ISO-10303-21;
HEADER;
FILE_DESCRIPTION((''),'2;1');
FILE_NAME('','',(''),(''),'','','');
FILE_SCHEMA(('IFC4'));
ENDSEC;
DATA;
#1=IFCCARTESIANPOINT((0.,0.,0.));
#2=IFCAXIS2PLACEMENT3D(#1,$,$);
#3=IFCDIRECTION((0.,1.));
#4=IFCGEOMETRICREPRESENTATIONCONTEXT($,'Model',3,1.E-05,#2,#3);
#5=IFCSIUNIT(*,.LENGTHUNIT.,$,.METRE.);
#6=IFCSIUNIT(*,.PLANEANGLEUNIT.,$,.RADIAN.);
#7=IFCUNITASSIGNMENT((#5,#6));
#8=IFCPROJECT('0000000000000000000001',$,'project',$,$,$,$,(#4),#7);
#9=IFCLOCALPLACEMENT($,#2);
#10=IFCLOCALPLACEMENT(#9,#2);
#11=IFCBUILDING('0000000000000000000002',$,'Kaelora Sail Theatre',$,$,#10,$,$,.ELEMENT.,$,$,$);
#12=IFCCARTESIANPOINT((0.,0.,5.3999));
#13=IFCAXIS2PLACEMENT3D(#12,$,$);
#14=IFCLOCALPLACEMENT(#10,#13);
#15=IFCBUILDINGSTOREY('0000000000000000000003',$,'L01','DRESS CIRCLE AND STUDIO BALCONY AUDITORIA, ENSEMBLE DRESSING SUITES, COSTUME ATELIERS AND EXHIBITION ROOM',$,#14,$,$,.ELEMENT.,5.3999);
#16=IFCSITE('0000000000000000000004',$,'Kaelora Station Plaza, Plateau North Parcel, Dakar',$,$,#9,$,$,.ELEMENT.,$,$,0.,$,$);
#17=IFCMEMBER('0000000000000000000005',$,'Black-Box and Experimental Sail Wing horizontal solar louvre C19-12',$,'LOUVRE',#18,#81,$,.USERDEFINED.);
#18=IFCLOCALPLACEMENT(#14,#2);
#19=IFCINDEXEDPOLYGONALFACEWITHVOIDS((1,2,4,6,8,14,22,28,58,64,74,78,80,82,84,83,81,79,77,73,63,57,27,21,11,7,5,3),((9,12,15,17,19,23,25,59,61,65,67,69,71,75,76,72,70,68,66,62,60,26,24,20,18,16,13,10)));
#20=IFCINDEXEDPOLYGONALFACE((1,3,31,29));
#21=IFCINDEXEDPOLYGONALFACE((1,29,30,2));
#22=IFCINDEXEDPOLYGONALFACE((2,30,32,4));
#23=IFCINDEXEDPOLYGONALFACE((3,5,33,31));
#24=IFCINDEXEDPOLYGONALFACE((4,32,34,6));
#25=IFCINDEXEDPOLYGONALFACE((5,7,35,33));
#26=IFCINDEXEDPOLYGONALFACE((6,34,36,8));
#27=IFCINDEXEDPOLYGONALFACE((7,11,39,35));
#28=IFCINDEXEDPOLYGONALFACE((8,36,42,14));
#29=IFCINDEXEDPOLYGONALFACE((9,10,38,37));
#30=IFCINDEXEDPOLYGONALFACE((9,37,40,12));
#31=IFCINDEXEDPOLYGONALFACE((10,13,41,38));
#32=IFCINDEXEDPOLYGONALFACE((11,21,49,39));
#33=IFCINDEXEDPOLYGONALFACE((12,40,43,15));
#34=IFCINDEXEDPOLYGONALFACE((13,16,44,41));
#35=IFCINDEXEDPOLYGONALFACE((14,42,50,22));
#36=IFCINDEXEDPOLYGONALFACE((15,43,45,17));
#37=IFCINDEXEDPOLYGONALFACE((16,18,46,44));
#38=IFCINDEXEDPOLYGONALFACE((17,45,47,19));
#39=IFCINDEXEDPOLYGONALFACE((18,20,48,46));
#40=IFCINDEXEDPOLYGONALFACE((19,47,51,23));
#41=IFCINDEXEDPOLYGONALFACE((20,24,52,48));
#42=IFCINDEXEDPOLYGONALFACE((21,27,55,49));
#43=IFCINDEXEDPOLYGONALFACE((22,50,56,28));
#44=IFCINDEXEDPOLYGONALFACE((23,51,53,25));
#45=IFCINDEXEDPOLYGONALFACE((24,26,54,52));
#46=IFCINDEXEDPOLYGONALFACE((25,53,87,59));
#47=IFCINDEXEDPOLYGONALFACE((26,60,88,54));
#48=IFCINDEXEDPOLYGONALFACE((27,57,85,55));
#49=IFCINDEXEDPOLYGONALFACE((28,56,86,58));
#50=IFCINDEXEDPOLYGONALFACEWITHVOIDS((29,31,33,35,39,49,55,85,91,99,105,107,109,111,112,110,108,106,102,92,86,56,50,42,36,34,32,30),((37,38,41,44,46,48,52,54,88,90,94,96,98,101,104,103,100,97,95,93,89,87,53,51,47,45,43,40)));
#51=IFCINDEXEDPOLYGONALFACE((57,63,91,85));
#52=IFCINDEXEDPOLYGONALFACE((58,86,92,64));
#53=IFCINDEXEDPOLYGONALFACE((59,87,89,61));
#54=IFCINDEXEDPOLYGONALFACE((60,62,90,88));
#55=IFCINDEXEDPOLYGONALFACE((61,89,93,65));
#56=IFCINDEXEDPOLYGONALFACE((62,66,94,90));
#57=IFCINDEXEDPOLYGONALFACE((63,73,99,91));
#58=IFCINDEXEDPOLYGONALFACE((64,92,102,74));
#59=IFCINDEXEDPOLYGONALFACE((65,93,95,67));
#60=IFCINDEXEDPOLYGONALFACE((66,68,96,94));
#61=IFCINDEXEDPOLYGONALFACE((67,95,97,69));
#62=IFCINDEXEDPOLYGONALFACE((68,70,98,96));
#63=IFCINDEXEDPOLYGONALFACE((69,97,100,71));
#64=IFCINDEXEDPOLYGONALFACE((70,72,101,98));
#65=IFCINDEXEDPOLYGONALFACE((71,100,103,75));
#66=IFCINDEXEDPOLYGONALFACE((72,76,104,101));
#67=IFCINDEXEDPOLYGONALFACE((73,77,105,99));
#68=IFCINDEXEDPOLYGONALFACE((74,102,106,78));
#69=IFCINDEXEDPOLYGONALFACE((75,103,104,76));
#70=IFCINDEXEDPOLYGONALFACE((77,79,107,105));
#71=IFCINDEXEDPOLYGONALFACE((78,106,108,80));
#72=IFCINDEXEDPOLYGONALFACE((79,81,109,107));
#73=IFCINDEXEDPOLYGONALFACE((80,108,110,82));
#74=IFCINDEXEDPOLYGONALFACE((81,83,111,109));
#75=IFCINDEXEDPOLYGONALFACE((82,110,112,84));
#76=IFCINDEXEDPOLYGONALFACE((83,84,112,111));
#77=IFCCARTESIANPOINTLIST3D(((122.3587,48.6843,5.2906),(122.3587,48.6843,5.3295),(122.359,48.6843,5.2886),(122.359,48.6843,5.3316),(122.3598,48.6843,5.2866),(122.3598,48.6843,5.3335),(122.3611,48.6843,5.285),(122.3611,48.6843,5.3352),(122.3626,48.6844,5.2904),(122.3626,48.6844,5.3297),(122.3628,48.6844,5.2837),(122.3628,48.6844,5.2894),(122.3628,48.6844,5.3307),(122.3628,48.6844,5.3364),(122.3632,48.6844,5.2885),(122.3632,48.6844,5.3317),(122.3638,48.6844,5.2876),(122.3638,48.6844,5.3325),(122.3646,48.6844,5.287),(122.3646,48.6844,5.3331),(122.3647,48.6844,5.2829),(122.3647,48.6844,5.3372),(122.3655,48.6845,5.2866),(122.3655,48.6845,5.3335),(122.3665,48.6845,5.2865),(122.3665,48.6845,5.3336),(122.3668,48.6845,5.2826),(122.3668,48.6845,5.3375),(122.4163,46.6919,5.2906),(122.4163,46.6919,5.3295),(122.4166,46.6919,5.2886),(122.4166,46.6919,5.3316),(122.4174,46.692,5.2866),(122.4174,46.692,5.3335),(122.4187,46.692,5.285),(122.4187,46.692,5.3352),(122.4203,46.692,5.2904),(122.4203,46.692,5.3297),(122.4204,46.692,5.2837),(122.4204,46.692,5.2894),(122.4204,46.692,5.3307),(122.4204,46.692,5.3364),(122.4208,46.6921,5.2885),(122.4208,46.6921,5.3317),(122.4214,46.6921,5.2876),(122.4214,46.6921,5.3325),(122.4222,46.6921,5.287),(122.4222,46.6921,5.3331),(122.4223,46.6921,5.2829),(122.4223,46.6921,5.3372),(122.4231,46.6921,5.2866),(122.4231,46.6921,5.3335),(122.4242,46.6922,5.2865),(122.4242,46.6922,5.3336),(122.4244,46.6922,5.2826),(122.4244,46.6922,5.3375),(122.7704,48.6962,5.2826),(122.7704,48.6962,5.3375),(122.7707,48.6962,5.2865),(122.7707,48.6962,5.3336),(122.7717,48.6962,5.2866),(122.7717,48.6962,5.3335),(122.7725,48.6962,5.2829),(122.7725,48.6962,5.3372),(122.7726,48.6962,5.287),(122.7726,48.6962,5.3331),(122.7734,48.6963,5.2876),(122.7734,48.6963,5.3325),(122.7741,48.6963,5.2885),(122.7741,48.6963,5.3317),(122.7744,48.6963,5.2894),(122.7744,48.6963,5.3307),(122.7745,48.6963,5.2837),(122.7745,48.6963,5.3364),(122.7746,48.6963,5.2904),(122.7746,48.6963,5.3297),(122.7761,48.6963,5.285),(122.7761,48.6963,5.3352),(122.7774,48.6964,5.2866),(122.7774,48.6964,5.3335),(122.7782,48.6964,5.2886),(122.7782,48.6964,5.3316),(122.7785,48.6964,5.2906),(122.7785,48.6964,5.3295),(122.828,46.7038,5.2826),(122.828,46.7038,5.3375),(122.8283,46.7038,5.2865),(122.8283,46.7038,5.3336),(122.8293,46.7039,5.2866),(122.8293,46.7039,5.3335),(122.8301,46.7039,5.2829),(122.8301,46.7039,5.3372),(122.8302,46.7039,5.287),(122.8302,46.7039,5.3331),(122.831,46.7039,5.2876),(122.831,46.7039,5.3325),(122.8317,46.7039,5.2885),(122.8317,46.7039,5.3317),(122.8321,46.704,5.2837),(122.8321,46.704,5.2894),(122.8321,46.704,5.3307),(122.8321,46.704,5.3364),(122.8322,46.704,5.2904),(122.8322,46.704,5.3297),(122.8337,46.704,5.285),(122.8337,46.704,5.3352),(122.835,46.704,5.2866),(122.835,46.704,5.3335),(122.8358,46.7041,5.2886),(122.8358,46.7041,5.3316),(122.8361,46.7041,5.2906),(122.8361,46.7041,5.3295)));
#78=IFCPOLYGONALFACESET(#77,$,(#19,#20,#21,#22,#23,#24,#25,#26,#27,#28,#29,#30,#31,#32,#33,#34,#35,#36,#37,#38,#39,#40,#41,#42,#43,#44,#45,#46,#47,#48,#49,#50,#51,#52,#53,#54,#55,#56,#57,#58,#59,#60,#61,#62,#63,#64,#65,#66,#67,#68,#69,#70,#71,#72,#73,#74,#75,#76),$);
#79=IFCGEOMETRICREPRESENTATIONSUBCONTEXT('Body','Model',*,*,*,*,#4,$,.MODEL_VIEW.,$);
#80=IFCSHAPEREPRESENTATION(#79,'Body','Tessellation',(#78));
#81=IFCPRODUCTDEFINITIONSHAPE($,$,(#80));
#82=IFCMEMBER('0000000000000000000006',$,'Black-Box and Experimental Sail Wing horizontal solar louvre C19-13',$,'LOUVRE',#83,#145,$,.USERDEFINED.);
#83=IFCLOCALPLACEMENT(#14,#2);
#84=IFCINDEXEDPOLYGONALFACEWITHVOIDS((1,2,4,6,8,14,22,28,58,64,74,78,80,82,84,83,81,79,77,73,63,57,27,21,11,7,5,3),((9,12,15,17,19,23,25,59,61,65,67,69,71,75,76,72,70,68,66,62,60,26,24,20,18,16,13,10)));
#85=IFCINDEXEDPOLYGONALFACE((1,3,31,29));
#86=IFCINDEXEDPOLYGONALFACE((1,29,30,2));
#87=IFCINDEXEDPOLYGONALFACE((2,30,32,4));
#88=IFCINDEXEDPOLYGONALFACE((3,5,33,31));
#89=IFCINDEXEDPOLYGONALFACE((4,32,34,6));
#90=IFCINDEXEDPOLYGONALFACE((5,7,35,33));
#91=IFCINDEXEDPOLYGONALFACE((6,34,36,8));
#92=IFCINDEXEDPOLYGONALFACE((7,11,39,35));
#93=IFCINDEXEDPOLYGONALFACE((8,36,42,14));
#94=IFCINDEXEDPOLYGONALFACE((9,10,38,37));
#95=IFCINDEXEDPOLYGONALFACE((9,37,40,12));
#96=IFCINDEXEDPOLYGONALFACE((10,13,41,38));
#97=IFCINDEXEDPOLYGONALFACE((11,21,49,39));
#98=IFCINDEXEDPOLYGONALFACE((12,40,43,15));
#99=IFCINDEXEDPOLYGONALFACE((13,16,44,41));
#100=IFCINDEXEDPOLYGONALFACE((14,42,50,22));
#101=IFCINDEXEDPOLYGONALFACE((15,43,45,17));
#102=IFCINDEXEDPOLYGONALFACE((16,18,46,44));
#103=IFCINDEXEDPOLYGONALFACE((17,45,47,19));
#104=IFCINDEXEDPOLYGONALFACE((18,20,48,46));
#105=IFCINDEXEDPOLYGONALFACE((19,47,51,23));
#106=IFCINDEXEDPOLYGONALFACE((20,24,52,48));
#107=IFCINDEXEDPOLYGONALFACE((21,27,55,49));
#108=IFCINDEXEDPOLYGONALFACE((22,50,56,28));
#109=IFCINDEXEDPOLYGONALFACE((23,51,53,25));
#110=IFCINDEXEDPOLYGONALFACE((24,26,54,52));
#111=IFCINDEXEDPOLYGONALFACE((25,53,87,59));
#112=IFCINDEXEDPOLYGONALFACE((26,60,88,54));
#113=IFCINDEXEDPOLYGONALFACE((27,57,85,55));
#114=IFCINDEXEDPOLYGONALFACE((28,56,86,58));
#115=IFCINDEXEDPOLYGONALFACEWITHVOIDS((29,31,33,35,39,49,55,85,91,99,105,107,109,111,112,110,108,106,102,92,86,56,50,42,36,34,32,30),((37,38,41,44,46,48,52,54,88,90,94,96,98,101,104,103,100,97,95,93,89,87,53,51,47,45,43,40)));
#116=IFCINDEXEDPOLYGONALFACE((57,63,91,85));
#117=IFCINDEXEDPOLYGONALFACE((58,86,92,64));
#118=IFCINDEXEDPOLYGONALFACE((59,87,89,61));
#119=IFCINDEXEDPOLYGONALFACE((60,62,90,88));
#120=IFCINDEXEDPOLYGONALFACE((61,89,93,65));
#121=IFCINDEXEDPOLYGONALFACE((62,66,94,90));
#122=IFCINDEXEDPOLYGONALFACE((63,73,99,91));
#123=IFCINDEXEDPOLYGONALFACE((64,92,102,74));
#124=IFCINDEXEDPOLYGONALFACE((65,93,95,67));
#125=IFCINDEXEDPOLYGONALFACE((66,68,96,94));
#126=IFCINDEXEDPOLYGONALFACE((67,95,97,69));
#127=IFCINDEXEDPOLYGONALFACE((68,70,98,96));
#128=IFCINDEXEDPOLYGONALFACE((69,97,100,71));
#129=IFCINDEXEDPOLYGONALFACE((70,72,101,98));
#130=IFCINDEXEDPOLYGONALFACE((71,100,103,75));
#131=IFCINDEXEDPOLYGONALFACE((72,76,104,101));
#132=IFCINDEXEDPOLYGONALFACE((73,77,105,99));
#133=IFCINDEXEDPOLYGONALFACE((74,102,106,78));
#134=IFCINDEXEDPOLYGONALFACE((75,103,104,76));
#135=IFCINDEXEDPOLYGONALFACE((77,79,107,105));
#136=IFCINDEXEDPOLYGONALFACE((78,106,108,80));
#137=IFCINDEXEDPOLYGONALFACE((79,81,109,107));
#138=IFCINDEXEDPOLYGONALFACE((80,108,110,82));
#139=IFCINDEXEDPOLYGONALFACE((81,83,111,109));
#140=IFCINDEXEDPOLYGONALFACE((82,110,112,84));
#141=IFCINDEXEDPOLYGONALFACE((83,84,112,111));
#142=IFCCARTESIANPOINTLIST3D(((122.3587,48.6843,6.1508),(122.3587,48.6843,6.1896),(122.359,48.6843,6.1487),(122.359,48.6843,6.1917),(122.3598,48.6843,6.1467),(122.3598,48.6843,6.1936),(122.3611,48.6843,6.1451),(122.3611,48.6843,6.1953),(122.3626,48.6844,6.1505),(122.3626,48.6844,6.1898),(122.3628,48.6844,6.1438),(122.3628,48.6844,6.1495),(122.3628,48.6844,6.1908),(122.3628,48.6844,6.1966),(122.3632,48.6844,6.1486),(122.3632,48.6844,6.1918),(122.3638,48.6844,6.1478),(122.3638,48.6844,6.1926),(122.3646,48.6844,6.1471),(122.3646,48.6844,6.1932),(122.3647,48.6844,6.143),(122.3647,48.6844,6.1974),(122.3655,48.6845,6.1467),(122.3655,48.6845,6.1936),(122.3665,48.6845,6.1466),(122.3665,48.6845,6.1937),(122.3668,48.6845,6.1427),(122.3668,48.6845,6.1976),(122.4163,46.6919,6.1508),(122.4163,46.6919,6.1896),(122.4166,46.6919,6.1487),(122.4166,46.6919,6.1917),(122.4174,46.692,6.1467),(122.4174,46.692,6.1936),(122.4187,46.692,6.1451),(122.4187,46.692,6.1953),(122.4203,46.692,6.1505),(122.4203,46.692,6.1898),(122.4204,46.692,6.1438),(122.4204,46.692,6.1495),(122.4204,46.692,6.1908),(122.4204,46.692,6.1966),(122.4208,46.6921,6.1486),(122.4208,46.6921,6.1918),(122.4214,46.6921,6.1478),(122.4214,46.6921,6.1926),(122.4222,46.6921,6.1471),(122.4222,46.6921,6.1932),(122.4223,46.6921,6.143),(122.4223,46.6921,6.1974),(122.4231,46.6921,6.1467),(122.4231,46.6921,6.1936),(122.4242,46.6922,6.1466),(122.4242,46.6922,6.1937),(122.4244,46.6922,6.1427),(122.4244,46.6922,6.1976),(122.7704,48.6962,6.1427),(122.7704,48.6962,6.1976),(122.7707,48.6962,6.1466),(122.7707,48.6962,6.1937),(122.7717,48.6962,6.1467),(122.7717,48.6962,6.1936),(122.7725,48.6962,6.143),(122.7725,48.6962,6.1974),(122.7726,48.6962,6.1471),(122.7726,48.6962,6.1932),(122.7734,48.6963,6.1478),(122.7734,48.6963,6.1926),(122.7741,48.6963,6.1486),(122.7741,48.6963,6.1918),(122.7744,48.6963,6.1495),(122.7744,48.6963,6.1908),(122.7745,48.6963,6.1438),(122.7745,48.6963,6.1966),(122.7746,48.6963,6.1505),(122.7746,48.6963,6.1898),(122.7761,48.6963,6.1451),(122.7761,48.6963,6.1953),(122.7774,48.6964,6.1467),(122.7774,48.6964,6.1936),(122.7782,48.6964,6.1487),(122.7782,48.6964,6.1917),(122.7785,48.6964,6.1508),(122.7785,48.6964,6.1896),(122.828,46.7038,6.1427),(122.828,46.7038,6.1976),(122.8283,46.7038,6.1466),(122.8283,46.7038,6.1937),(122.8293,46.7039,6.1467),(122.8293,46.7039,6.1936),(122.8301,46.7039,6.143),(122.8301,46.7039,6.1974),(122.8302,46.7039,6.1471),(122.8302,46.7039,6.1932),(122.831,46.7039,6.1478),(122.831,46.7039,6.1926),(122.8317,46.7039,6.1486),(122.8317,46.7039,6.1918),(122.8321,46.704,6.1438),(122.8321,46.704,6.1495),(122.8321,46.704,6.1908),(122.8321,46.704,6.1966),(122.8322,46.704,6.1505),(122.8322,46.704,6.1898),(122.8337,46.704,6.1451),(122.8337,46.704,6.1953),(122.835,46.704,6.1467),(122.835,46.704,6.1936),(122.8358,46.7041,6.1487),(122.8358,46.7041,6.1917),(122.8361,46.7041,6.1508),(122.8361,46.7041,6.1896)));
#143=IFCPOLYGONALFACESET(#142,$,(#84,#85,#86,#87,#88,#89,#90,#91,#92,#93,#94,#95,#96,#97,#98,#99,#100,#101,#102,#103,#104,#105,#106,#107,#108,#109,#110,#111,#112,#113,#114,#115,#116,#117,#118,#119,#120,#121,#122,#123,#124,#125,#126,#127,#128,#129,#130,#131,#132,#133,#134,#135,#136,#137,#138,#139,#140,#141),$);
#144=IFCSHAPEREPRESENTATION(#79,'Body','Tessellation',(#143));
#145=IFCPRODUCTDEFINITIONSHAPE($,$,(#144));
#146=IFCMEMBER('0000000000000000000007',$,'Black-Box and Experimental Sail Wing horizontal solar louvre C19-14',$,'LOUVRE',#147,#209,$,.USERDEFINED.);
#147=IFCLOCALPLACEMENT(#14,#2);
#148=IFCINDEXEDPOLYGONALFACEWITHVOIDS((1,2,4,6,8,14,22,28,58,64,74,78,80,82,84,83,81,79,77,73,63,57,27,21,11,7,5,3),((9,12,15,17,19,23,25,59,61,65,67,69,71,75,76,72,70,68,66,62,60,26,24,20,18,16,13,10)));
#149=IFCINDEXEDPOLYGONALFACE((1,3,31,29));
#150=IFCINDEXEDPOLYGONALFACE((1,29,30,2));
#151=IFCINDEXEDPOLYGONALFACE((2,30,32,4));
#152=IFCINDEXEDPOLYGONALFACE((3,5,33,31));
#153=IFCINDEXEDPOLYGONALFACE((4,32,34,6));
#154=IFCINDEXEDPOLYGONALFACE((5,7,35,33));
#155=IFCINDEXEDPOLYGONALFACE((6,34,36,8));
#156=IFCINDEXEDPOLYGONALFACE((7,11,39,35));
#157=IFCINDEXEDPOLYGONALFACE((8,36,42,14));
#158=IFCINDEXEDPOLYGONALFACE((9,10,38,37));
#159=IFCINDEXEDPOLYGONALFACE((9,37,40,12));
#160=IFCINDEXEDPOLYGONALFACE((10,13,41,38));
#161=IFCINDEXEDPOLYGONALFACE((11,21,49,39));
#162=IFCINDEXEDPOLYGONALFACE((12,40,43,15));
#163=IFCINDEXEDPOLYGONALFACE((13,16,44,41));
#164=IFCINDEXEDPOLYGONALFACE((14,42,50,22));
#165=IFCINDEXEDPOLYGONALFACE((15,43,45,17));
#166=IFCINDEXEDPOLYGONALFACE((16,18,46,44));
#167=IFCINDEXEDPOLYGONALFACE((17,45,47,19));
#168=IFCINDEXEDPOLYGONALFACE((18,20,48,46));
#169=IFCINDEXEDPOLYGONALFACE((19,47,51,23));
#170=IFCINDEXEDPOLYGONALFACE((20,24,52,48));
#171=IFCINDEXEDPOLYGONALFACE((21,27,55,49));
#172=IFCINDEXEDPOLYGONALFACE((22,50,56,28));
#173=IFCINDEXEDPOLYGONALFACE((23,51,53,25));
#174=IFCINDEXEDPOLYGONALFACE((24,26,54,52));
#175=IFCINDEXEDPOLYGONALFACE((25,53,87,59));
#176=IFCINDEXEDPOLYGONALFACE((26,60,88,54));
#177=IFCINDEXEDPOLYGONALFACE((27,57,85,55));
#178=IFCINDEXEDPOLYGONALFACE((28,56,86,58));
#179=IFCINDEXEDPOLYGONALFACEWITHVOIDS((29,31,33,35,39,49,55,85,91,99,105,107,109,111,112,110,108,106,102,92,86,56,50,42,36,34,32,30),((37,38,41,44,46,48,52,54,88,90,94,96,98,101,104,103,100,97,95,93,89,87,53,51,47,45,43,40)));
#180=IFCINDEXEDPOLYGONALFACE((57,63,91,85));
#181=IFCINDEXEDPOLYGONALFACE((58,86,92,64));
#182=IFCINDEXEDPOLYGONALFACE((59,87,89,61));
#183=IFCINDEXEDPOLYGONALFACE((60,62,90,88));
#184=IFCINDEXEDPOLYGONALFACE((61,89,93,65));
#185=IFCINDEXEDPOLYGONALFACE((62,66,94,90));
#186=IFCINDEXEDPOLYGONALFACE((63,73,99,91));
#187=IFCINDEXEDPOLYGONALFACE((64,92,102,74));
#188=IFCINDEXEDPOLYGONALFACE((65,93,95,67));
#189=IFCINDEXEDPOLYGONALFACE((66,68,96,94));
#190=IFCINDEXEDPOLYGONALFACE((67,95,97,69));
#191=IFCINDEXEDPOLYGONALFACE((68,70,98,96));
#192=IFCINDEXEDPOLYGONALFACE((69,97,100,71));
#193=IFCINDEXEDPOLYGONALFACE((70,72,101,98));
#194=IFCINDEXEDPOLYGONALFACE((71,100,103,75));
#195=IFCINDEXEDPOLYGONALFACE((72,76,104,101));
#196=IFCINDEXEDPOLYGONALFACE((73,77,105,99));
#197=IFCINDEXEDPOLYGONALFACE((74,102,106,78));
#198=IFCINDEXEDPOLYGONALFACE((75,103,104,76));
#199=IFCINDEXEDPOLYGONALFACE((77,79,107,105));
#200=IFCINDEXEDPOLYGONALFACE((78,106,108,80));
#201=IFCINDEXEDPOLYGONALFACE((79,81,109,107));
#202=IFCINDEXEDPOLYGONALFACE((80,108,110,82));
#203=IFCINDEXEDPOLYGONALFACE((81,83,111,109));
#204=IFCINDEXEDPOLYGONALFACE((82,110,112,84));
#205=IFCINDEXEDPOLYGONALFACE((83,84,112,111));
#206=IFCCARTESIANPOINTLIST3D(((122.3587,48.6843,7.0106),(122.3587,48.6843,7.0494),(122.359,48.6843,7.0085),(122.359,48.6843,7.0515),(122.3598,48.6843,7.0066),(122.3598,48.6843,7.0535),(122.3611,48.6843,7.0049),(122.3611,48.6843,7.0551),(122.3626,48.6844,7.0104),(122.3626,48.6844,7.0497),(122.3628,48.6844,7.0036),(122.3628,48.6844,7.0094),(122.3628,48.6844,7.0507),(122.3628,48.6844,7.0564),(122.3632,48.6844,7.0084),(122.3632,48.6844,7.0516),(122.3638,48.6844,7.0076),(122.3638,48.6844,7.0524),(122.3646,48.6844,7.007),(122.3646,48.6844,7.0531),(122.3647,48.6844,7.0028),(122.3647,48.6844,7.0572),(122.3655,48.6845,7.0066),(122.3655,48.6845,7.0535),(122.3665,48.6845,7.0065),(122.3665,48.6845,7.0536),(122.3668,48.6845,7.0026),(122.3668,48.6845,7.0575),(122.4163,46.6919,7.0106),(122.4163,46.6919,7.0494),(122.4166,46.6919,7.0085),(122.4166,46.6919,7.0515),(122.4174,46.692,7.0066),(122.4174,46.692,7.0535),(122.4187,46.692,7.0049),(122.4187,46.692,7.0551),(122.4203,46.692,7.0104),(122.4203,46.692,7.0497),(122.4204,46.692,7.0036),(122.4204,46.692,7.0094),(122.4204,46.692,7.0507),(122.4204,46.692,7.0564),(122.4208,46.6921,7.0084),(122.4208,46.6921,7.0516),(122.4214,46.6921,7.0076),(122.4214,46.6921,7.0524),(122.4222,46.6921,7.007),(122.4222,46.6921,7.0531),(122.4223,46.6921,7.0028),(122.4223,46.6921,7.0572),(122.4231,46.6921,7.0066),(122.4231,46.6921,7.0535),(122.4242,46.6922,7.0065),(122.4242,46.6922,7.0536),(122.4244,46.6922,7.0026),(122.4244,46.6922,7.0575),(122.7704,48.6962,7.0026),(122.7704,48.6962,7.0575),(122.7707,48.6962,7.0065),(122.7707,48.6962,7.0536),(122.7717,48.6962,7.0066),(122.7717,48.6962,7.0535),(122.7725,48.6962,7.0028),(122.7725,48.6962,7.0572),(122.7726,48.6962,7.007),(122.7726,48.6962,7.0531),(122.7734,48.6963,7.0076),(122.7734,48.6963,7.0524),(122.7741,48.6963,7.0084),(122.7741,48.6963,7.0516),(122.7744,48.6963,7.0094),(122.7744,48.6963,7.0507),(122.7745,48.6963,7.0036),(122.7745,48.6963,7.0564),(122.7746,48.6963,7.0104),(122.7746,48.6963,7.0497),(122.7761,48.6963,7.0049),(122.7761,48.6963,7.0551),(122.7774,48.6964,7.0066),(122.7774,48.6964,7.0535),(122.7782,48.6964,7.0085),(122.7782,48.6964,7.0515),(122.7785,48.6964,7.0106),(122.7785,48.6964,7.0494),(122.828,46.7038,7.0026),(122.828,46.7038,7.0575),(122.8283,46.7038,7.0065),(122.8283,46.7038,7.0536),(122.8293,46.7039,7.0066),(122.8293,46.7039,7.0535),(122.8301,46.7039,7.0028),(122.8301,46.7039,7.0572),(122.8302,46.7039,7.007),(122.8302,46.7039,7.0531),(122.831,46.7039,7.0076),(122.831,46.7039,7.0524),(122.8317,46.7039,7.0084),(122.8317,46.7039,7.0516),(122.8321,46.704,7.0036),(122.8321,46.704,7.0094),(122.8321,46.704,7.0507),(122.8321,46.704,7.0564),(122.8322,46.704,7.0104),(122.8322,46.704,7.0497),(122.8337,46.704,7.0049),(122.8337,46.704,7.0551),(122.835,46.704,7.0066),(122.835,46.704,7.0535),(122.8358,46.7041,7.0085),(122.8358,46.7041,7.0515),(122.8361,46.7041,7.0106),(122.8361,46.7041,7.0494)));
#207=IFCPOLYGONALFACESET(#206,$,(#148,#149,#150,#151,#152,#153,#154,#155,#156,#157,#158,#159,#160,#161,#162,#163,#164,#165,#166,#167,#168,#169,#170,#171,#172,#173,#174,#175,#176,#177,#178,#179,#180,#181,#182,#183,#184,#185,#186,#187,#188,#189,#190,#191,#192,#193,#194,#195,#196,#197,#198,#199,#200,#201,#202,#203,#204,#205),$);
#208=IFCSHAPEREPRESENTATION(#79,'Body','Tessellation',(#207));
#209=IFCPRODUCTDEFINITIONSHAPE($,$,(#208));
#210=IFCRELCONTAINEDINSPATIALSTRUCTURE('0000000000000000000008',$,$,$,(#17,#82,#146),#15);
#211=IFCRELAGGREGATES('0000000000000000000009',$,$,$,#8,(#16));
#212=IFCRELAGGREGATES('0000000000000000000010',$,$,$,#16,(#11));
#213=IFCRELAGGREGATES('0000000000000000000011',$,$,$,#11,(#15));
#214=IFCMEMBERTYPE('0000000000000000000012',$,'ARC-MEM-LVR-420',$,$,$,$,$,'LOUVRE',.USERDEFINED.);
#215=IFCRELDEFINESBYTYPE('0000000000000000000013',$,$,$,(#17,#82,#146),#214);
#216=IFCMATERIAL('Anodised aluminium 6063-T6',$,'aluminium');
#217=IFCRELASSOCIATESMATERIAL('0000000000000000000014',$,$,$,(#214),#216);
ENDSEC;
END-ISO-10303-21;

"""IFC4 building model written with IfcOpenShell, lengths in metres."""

from ifc_helpers import new_model, si_unit, direction, frame, origin, origin_2d, place, context, subcontext, project, spatial, hollow_rectangle, extrude, material, material_profile, profile_set, type_object, element, save


model = new_model("IFC4")

# Units and contexts
model_context = context("Model", 3, precision=1e-05, world=origin(), true_north=direction((0.0, 1.0)))
body_context = subcontext(model_context, "Body", "Model", "MODEL_VIEW")
ifc_project = project(units=[si_unit("LENGTHUNIT", "METRE"), si_unit("PLANEANGLEUNIT", "RADIAN")], contexts=[model_context])

# Site, building, storey
site_placement = place(None, origin())
site = spatial("IfcSite", under=ifc_project, at=site_placement, Name="Kaelora Station Plaza, Plateau North Parcel, Dakar", CompositionType="ELEMENT", RefElevation=0.0)
building_placement = place(site_placement, origin())
building = spatial("IfcBuilding", under=site, at=building_placement, Name="Kaelora Sail Theatre", CompositionType="ELEMENT")
storey_placement = place(building_placement, frame((0.0, 0.0, 5.3999)))
storey = spatial("IfcBuildingStorey", under=building, at=storey_placement, Name="L01", Description="DRESS CIRCLE AND STUDIO BALCONY AUDITORIA, ENSEMBLE DRESSING SUITES, COSTUME ATELIERS AND EXHIBITION ROOM", CompositionType="ELEMENT", Elevation=5.3999)

# Members
ifc_material_1 = material(Name="Anodised aluminium 6063-T6", Category="aluminium")
ifc_material_profile_1 = material_profile(ifc_material_1, hollow_rectangle(XDim=0.4199, YDim=0.0549, WallThickness=0.0039, InnerFilletRadius=0.0039, OuterFilletRadius=0.0081, at=origin_2d()), Name="LOUVRE 420x55x4")
ifc_profile_set_1 = profile_set([ifc_material_profile_1], Name="Anodised aluminium 6063-T6")
member_type_1 = type_object("IfcMemberType", Name="ARC-MEM-LVR-420", ElementType="LOUVRE", PredefinedType="USERDEFINED", material=ifc_profile_set_1)
for number, where, z_axis, x_axis, name in (
    (1, (122.6262, 46.698, 5.3101), (-0.028906, 0.999582, 0.0), (-0.999582, -0.028906, 0.0), "Black-Box and Experimental Sail Wing horizontal solar louvre C19-12"),
    (2, (122.6262, 46.698, 6.1702), (-0.028906, 0.999582, 0.0), (-0.999582, -0.028906, 0.0), "Black-Box and Experimental Sail Wing horizontal solar louvre C19-13"),
    (3, (122.6262, 46.698, 7.03), (-0.028906, 0.999582, 0.0), (-0.999582, -0.028906, 0.0), "Black-Box and Experimental Sail Wing horizontal solar louvre C19-14"),
):
    element("IfcMember", number, at=place(storey_placement, frame(where, z_axis=z_axis, x_axis=x_axis)), inside=storey, type_object=member_type_1, Name=name, ObjectType="LOUVRE", PredefinedType="USERDEFINED", context=body_context, shape_type="SweptSolid", body=[
        extrude(hollow_rectangle(XDim=0.4199, YDim=0.0549, WallThickness=0.0039, InnerFilletRadius=0.0039, OuterFilletRadius=0.0081, at=origin_2d()), origin(), (0.0, 0.0, 1.0), 1.9932),
    ])

save(model, "model.ifc")
